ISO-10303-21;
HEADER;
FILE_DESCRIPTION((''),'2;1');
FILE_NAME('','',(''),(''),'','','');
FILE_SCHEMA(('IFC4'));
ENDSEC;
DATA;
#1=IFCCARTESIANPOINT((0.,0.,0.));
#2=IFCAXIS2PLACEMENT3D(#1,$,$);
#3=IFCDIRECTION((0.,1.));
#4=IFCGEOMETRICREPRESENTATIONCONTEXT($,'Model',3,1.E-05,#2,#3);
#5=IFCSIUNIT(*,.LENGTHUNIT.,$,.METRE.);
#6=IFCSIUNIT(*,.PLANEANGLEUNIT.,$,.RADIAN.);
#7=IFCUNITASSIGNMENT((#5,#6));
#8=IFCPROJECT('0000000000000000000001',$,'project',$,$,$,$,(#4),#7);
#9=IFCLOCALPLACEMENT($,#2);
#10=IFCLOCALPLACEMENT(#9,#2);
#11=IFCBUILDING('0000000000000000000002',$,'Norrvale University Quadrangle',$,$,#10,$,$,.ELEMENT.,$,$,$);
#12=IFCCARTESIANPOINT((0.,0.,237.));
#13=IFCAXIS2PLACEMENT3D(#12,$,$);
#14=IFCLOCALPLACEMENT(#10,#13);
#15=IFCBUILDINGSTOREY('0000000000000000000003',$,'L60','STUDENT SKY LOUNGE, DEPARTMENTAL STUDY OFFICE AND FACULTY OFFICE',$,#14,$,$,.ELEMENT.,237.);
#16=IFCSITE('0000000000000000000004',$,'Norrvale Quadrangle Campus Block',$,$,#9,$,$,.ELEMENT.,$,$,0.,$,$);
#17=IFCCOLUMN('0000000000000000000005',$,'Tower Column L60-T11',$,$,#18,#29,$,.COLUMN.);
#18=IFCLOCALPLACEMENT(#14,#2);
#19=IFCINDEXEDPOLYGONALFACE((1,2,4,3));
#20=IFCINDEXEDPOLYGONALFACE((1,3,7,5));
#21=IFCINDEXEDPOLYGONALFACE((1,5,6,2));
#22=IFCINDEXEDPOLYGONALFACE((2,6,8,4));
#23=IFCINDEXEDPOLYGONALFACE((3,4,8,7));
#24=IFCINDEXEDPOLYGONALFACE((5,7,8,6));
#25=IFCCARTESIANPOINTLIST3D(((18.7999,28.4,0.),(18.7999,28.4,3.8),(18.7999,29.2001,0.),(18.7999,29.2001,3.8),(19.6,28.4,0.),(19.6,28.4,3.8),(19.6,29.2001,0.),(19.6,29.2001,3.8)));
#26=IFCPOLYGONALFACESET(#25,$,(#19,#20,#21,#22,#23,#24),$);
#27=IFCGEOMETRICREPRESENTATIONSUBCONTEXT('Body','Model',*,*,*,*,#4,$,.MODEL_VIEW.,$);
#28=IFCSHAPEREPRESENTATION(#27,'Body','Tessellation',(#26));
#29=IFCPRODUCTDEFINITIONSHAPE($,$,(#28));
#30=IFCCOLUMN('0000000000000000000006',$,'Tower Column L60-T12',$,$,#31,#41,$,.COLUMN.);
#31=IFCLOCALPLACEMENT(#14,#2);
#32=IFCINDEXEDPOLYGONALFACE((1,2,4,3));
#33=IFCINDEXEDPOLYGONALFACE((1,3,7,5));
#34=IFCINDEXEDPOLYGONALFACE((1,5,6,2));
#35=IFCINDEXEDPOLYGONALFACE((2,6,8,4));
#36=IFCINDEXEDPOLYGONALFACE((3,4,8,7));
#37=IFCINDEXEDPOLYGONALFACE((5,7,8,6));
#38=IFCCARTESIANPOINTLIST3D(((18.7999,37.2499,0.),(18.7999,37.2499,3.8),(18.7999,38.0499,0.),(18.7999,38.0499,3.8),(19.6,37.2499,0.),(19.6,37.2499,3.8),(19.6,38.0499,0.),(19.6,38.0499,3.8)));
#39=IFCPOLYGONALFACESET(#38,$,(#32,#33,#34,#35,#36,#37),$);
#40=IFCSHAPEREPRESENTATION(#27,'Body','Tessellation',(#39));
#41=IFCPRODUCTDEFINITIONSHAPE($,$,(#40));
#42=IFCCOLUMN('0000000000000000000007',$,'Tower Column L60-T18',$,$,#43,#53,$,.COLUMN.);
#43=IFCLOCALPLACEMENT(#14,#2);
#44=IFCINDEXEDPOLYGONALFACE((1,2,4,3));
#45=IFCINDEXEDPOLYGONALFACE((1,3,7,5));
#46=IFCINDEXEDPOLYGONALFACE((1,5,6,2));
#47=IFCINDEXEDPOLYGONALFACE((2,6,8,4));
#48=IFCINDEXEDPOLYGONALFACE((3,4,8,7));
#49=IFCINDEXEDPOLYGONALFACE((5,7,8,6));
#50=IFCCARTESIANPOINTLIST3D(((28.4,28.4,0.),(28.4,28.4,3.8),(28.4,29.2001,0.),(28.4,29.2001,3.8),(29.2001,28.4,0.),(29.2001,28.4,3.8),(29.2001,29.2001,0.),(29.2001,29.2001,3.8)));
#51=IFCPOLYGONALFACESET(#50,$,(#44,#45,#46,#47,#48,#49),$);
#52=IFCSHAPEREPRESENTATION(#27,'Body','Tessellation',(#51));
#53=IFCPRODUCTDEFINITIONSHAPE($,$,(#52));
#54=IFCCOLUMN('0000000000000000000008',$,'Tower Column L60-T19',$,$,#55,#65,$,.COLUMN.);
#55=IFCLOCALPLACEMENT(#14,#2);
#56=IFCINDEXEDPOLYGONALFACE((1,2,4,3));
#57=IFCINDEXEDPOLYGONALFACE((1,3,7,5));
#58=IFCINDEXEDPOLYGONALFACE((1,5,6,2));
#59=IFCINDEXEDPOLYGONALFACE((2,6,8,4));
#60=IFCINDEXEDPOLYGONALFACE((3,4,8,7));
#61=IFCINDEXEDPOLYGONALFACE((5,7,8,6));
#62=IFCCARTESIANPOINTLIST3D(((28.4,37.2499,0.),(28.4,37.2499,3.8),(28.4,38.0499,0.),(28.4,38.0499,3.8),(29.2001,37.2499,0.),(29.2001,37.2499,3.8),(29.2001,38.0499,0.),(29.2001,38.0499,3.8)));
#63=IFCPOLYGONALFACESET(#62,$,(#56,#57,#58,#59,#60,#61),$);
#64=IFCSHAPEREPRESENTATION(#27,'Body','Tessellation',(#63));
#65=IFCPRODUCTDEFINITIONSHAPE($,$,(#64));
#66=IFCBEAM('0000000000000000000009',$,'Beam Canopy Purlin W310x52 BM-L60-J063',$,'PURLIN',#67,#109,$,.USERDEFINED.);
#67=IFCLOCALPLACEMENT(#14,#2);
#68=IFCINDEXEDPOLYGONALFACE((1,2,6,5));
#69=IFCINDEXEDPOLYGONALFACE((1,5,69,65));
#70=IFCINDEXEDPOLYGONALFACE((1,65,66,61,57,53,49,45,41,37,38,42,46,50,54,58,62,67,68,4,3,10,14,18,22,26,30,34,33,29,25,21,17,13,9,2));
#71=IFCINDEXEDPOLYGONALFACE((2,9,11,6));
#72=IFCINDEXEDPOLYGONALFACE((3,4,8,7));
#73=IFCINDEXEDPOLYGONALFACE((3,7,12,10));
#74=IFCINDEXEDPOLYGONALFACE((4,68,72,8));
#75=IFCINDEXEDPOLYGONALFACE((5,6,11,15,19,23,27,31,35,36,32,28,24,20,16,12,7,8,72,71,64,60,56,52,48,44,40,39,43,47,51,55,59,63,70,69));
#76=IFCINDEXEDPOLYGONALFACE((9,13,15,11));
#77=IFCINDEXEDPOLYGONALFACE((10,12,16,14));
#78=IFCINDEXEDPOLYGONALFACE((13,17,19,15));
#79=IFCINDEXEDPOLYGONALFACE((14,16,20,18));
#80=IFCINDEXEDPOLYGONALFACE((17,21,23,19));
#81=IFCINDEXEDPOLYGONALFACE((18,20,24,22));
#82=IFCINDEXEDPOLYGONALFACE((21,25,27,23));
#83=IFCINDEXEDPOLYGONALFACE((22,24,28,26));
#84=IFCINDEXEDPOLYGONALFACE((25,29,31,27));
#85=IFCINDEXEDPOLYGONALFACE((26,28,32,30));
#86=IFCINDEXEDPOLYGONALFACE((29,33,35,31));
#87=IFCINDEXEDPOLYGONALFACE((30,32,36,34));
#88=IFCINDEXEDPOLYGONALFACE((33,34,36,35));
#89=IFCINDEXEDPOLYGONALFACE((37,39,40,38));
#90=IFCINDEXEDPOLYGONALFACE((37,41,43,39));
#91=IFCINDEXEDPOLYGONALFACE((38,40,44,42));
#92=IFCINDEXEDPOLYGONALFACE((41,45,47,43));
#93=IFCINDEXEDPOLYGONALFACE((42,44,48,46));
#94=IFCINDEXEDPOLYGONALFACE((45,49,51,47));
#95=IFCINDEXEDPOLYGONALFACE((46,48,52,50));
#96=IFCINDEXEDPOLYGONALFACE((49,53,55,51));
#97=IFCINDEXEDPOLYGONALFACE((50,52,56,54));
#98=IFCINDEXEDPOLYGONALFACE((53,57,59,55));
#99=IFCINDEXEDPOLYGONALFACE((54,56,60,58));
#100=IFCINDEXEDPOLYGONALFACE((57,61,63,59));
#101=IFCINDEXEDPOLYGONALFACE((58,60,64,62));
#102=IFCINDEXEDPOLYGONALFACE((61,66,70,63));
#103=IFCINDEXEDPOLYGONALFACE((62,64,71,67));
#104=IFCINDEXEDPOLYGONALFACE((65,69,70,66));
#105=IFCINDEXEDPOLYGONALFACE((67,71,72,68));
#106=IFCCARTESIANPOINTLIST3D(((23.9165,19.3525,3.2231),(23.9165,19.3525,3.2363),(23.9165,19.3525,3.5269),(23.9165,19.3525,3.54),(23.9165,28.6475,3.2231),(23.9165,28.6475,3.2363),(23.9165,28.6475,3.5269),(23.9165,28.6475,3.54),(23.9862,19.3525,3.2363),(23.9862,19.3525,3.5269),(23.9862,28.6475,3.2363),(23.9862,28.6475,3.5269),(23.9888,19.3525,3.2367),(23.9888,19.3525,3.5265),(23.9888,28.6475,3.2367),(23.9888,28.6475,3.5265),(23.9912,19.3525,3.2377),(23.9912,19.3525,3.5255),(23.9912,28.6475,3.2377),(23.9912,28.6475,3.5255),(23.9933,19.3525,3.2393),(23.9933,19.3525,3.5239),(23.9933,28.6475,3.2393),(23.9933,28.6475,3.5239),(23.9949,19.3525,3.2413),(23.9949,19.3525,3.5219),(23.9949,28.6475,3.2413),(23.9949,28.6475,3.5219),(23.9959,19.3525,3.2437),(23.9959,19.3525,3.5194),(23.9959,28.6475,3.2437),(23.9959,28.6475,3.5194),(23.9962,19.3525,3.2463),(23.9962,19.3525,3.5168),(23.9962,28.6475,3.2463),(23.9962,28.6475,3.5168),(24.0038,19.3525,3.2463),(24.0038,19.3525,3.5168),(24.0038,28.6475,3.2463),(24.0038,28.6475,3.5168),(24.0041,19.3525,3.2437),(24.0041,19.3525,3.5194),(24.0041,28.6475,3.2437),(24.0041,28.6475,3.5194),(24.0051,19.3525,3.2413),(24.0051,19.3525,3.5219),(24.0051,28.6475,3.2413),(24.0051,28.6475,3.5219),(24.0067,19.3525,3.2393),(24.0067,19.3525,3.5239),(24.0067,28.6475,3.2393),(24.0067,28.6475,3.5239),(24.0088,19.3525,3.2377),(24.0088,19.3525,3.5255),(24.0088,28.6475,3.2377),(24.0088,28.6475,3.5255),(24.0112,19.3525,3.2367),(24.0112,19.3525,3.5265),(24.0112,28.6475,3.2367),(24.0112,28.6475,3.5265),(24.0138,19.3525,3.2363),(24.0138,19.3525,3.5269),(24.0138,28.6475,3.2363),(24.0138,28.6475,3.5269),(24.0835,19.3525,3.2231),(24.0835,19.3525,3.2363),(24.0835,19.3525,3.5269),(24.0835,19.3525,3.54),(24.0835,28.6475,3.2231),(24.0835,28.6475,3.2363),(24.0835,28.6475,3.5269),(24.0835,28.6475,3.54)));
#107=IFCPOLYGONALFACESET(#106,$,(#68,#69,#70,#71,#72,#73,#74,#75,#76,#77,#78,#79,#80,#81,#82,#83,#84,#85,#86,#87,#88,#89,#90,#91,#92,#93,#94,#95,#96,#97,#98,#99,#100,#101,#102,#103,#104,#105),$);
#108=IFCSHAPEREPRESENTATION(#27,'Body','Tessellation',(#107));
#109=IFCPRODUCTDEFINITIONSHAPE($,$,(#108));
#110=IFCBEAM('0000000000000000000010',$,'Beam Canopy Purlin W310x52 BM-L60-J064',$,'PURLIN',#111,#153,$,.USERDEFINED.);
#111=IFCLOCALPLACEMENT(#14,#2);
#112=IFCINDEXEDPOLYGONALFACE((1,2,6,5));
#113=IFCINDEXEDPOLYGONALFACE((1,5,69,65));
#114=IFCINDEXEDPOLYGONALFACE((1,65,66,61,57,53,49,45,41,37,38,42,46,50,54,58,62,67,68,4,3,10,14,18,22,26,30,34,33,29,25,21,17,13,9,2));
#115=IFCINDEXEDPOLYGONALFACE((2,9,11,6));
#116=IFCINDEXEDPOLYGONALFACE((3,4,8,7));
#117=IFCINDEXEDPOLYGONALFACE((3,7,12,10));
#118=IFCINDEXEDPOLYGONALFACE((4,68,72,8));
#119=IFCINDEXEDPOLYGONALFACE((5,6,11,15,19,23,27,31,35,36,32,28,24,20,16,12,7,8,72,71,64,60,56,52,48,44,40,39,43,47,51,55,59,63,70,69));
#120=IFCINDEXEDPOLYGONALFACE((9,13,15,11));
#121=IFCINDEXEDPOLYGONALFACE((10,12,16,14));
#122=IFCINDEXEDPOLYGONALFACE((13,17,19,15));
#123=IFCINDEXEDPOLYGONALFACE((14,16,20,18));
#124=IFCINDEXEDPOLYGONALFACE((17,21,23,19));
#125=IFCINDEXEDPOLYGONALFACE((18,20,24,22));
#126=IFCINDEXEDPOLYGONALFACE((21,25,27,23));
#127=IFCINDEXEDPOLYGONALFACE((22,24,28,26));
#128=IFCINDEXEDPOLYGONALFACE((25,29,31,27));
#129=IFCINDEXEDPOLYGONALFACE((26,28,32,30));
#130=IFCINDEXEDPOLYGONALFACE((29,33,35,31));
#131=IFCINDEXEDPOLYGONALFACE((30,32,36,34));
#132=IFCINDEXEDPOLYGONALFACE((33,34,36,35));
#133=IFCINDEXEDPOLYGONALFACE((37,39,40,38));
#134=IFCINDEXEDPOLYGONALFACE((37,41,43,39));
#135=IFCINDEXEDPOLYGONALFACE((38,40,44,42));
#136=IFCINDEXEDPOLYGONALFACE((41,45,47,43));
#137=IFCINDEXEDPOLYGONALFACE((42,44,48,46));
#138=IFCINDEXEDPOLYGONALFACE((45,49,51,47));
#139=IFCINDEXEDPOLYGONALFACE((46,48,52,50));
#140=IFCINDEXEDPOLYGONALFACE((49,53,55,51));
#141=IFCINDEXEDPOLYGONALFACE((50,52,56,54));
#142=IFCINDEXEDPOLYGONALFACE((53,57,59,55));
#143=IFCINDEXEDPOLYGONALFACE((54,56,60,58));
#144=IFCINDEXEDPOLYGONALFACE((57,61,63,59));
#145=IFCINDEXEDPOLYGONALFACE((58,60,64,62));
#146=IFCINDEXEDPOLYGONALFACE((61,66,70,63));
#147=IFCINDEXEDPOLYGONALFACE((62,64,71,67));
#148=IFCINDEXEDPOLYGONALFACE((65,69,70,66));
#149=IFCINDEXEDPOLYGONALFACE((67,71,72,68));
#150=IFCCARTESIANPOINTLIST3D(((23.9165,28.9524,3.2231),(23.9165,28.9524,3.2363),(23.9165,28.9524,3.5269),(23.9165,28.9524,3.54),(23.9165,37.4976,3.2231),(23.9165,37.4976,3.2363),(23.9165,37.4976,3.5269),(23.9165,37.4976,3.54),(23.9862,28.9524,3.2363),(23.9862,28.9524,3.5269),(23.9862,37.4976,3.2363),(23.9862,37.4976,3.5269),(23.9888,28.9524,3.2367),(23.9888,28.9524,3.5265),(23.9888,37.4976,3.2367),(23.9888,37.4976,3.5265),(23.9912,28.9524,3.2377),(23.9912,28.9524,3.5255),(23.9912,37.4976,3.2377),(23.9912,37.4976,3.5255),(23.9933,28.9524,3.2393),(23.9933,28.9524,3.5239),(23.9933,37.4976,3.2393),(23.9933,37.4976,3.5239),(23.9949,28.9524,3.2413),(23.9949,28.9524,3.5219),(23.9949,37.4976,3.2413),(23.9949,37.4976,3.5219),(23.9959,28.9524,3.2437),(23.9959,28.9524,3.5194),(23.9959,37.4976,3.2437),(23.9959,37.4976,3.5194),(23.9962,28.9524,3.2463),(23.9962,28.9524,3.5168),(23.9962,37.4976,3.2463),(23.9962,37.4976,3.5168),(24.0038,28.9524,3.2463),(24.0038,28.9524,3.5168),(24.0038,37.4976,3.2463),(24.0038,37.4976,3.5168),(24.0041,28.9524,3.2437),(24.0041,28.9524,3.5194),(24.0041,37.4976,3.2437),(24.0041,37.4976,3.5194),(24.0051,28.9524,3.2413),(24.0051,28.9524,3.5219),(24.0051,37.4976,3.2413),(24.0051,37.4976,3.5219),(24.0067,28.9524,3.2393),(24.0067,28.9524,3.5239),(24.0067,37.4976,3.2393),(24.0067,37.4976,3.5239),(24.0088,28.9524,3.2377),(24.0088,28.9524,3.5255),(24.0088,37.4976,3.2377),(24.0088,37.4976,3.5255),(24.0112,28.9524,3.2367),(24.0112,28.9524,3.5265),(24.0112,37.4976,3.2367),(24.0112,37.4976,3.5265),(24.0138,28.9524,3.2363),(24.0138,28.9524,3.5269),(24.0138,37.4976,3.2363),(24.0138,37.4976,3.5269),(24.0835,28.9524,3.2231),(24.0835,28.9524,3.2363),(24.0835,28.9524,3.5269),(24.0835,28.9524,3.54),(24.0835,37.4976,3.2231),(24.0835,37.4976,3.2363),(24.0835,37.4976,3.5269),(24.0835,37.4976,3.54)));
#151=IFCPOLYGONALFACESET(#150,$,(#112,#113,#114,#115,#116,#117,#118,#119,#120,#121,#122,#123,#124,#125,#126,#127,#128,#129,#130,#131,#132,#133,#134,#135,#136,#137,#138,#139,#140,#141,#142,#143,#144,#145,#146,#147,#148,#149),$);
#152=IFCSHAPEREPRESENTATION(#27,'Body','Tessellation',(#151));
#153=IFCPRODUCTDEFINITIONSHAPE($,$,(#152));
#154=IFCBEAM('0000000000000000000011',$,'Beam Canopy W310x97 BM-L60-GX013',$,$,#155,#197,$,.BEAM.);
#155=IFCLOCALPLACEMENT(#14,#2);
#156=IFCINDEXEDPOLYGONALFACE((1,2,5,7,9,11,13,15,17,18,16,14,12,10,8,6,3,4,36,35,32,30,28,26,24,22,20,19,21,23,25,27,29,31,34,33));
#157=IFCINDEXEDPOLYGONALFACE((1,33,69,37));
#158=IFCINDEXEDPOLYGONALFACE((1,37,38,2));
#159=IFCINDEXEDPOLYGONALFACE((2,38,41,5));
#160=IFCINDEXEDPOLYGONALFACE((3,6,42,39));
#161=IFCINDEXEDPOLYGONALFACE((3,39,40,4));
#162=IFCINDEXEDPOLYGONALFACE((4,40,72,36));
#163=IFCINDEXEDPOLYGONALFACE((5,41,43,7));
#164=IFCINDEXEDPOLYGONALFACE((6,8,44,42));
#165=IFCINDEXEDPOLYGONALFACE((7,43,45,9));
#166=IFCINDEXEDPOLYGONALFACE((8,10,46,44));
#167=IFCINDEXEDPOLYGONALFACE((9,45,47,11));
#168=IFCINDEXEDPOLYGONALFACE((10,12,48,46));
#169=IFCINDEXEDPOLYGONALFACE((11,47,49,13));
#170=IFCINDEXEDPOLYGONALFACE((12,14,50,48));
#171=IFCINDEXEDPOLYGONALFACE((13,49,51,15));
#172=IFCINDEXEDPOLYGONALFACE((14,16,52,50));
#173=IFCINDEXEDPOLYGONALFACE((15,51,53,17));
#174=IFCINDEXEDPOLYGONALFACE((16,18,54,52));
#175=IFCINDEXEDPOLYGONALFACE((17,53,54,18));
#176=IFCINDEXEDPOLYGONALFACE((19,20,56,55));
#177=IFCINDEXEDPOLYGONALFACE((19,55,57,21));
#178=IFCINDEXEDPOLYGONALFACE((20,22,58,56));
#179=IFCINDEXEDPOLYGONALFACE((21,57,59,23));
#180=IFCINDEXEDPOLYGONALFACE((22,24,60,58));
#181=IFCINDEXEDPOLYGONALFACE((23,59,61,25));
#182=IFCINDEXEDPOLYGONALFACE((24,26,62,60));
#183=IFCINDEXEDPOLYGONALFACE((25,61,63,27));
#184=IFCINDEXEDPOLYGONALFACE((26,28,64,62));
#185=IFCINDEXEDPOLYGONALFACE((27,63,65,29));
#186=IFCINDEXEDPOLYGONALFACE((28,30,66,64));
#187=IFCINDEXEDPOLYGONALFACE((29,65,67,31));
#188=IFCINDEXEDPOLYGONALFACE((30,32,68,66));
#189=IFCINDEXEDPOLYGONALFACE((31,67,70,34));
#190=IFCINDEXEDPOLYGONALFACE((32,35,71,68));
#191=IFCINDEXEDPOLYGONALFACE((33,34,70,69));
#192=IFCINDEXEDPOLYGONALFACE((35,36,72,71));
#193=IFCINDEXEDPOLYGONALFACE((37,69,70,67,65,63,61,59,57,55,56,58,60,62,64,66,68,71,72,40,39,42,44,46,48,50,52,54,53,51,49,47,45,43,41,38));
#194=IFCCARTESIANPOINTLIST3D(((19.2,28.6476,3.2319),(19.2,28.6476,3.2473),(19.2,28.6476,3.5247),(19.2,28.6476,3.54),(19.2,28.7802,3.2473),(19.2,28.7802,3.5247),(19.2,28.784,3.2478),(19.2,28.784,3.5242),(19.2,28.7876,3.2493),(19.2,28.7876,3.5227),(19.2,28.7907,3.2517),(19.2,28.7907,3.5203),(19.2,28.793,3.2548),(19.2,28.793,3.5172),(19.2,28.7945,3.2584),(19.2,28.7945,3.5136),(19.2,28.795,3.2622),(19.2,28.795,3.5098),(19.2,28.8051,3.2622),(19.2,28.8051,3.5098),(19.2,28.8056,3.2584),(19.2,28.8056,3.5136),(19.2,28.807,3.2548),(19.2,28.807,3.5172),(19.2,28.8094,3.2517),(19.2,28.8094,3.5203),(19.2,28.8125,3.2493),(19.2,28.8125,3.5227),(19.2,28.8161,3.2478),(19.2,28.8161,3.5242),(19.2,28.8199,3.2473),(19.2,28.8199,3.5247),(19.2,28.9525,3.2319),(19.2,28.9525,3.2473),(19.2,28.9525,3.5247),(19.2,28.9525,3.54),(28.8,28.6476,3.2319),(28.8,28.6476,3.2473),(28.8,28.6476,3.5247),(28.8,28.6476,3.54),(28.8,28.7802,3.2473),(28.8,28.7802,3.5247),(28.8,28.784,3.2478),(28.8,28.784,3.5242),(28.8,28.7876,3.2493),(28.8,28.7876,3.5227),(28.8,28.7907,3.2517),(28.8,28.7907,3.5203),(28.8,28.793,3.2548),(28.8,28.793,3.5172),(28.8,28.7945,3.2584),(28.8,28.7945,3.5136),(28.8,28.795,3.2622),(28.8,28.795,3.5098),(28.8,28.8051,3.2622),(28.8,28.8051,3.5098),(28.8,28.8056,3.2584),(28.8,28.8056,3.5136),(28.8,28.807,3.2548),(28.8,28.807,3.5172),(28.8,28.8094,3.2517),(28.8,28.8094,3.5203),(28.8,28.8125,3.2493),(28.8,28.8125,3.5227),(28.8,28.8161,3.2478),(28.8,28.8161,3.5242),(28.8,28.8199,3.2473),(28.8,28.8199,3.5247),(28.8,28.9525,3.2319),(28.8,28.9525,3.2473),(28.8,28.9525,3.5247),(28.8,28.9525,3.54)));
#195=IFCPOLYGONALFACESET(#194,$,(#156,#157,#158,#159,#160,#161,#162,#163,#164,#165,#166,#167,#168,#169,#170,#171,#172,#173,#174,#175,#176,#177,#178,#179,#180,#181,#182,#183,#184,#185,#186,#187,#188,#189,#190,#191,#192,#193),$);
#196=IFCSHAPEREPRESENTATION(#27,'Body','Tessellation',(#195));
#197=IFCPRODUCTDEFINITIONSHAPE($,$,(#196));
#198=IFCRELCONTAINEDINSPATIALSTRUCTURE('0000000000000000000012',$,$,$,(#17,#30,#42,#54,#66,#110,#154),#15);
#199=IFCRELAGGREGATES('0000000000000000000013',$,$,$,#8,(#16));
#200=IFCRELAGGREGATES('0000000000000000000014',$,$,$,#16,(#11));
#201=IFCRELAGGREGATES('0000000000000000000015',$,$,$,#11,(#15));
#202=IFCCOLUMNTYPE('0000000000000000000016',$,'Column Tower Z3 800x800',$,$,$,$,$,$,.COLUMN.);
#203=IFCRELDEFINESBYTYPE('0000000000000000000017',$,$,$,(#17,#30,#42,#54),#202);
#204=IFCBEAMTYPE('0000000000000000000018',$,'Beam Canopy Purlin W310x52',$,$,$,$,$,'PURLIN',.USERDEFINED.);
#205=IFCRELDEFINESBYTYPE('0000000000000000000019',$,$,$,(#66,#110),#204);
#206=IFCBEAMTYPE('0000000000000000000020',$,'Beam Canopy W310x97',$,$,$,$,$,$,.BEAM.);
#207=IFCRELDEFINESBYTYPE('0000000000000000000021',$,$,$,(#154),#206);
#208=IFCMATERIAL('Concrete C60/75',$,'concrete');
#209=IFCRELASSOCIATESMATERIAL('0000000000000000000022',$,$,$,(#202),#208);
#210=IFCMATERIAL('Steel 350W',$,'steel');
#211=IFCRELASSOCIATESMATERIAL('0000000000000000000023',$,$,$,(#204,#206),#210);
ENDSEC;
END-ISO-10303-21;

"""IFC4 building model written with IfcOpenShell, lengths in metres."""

from ifc_helpers import new_model, si_unit, direction, frame, origin, origin_2d, place, context, subcontext, project, spatial, rectangle, i_section, extrude, material, material_profile, profile_set, type_object, element, save


model = new_model("IFC4")

# Units and contexts
model_context = context("Model", 3, precision=1e-05, world=origin(), true_north=direction((0.0, 1.0)))
body_context = subcontext(model_context, "Body", "Model", "MODEL_VIEW")
ifc_project = project(units=[si_unit("LENGTHUNIT", "METRE"), si_unit("PLANEANGLEUNIT", "RADIAN")], contexts=[model_context])

# Site, building, storey
site_placement = place(None, origin())
site = spatial("IfcSite", under=ifc_project, at=site_placement, Name="Norrvale Quadrangle Campus Block", CompositionType="ELEMENT", RefElevation=0.0)
building_placement = place(site_placement, origin())
building = spatial("IfcBuilding", under=site, at=building_placement, Name="Norrvale University Quadrangle", CompositionType="ELEMENT")
storey_placement = place(building_placement, frame((0.0, 0.0, 237.0)))
storey = spatial("IfcBuildingStorey", under=building, at=storey_placement, Name="L60", Description="STUDENT SKY LOUNGE, DEPARTMENTAL STUDY OFFICE AND FACULTY OFFICE", CompositionType="ELEMENT", Elevation=237.0)

# Columns
ifc_material_1 = material(Name="Concrete C60/75", Category="concrete")
ifc_material_profile_1 = material_profile(ifc_material_1, rectangle(XDim=0.8, YDim=0.8, at=origin_2d()), Name="Concrete C60/75")
ifc_profile_set_1 = profile_set([ifc_material_profile_1], Name="Concrete C60/75")
column_type = type_object("IfcColumnType", Name="Column Tower Z3 800x800", PredefinedType="COLUMN", material=ifc_profile_set_1)
for number, where, z_axis, x_axis, name in (
    (1, (19.2, 28.8, 0.0), (0.0, 0.0, 1.0), (1.0, 0.0, 0.0), "Tower Column L60-T11"),
    (2, (19.2, 37.6499, 0.0), (0.0, 0.0, 1.0), (1.0, 0.0, 0.0), "Tower Column L60-T12"),
    (3, (28.8, 28.8, 0.0), (0.0, 0.0, 1.0), (1.0, 0.0, 0.0), "Tower Column L60-T18"),
    (4, (28.8, 37.6499, 0.0), (0.0, 0.0, 1.0), (1.0, 0.0, 0.0), "Tower Column L60-T19"),
):
    element("IfcColumn", number, at=place(storey_placement, frame(where, z_axis=z_axis, x_axis=x_axis)), inside=storey, type_object=column_type, Name=name, PredefinedType="COLUMN", context=body_context, shape_type="SweptSolid", body=[
        extrude(rectangle(XDim=0.8, YDim=0.8, at=origin_2d()), origin(), (0.0, 0.0, 1.0), 3.8),
    ])

# Beams
ifc_material_2 = material(Name="Steel 350W", Category="steel")
ifc_material_profile_2 = material_profile(ifc_material_2, i_section(OverallWidth=0.167, OverallDepth=0.3169, WebThickness=0.0076, FlangeThickness=0.0132, FilletRadius=0.01, at=origin_2d()), Name="Steel 350W")
ifc_profile_set_2 = profile_set([ifc_material_profile_2], Name="Steel 350W")
beam_type_1 = type_object("IfcBeamType", Name="Beam Canopy Purlin W310x52", ElementType="PURLIN", PredefinedType="USERDEFINED", material=ifc_profile_set_2)
beam_1_placement = place(storey_placement, frame((24.0, 19.3525, 3.3816), z_axis=(0.0, 1.0, 0.0), x_axis=(-1.0, 0.0, 0.0)))
element("IfcBeam", 5, at=beam_1_placement, inside=storey, type_object=beam_type_1, Name="Beam Canopy Purlin W310x52 BM-L60-J063", ObjectType="PURLIN", PredefinedType="USERDEFINED", context=body_context, shape_type="SweptSolid", body=[
    extrude(i_section(OverallWidth=0.167, OverallDepth=0.3169, WebThickness=0.0076, FlangeThickness=0.0132, FilletRadius=0.01, at=origin_2d()), origin(), (0.0, 0.0, 1.0), 9.2949),
])
beam_2_placement = place(storey_placement, frame((24.0, 28.9524, 3.3816), z_axis=(0.0, 1.0, 0.0), x_axis=(-1.0, 0.0, 0.0)))
element("IfcBeam", 6, at=beam_2_placement, inside=storey, type_object=beam_type_1, Name="Beam Canopy Purlin W310x52 BM-L60-J064", ObjectType="PURLIN", PredefinedType="USERDEFINED", context=body_context, shape_type="SweptSolid", body=[
    extrude(i_section(OverallWidth=0.167, OverallDepth=0.3169, WebThickness=0.0076, FlangeThickness=0.0132, FilletRadius=0.01, at=origin_2d()), origin(), (0.0, 0.0, 1.0), 8.5452),
])
ifc_material_profile_3 = material_profile(ifc_material_2, i_section(OverallWidth=0.3049, OverallDepth=0.3081, WebThickness=0.01, FlangeThickness=0.0154, FilletRadius=0.0149, at=origin_2d()), Name="Steel 350W")
ifc_profile_set_3 = profile_set([ifc_material_profile_3], Name="Steel 350W")
beam_type_2 = type_object("IfcBeamType", Name="Beam Canopy W310x97", PredefinedType="BEAM", material=ifc_profile_set_3)
beam_3_placement = place(storey_placement, frame((19.2, 28.8, 3.386), z_axis=(1.0, 0.0, 0.0), x_axis=(0.0, 1.0, 0.0)))
element("IfcBeam", 7, at=beam_3_placement, inside=storey, type_object=beam_type_2, Name="Beam Canopy W310x97 BM-L60-GX013", PredefinedType="BEAM", context=body_context, shape_type="SweptSolid", body=[
    extrude(i_section(OverallWidth=0.3049, OverallDepth=0.3081, WebThickness=0.01, FlangeThickness=0.0154, FilletRadius=0.0149, at=origin_2d()), origin(), (0.0, 0.0, 1.0), 9.6001),
])

save(model, "model.ifc")
